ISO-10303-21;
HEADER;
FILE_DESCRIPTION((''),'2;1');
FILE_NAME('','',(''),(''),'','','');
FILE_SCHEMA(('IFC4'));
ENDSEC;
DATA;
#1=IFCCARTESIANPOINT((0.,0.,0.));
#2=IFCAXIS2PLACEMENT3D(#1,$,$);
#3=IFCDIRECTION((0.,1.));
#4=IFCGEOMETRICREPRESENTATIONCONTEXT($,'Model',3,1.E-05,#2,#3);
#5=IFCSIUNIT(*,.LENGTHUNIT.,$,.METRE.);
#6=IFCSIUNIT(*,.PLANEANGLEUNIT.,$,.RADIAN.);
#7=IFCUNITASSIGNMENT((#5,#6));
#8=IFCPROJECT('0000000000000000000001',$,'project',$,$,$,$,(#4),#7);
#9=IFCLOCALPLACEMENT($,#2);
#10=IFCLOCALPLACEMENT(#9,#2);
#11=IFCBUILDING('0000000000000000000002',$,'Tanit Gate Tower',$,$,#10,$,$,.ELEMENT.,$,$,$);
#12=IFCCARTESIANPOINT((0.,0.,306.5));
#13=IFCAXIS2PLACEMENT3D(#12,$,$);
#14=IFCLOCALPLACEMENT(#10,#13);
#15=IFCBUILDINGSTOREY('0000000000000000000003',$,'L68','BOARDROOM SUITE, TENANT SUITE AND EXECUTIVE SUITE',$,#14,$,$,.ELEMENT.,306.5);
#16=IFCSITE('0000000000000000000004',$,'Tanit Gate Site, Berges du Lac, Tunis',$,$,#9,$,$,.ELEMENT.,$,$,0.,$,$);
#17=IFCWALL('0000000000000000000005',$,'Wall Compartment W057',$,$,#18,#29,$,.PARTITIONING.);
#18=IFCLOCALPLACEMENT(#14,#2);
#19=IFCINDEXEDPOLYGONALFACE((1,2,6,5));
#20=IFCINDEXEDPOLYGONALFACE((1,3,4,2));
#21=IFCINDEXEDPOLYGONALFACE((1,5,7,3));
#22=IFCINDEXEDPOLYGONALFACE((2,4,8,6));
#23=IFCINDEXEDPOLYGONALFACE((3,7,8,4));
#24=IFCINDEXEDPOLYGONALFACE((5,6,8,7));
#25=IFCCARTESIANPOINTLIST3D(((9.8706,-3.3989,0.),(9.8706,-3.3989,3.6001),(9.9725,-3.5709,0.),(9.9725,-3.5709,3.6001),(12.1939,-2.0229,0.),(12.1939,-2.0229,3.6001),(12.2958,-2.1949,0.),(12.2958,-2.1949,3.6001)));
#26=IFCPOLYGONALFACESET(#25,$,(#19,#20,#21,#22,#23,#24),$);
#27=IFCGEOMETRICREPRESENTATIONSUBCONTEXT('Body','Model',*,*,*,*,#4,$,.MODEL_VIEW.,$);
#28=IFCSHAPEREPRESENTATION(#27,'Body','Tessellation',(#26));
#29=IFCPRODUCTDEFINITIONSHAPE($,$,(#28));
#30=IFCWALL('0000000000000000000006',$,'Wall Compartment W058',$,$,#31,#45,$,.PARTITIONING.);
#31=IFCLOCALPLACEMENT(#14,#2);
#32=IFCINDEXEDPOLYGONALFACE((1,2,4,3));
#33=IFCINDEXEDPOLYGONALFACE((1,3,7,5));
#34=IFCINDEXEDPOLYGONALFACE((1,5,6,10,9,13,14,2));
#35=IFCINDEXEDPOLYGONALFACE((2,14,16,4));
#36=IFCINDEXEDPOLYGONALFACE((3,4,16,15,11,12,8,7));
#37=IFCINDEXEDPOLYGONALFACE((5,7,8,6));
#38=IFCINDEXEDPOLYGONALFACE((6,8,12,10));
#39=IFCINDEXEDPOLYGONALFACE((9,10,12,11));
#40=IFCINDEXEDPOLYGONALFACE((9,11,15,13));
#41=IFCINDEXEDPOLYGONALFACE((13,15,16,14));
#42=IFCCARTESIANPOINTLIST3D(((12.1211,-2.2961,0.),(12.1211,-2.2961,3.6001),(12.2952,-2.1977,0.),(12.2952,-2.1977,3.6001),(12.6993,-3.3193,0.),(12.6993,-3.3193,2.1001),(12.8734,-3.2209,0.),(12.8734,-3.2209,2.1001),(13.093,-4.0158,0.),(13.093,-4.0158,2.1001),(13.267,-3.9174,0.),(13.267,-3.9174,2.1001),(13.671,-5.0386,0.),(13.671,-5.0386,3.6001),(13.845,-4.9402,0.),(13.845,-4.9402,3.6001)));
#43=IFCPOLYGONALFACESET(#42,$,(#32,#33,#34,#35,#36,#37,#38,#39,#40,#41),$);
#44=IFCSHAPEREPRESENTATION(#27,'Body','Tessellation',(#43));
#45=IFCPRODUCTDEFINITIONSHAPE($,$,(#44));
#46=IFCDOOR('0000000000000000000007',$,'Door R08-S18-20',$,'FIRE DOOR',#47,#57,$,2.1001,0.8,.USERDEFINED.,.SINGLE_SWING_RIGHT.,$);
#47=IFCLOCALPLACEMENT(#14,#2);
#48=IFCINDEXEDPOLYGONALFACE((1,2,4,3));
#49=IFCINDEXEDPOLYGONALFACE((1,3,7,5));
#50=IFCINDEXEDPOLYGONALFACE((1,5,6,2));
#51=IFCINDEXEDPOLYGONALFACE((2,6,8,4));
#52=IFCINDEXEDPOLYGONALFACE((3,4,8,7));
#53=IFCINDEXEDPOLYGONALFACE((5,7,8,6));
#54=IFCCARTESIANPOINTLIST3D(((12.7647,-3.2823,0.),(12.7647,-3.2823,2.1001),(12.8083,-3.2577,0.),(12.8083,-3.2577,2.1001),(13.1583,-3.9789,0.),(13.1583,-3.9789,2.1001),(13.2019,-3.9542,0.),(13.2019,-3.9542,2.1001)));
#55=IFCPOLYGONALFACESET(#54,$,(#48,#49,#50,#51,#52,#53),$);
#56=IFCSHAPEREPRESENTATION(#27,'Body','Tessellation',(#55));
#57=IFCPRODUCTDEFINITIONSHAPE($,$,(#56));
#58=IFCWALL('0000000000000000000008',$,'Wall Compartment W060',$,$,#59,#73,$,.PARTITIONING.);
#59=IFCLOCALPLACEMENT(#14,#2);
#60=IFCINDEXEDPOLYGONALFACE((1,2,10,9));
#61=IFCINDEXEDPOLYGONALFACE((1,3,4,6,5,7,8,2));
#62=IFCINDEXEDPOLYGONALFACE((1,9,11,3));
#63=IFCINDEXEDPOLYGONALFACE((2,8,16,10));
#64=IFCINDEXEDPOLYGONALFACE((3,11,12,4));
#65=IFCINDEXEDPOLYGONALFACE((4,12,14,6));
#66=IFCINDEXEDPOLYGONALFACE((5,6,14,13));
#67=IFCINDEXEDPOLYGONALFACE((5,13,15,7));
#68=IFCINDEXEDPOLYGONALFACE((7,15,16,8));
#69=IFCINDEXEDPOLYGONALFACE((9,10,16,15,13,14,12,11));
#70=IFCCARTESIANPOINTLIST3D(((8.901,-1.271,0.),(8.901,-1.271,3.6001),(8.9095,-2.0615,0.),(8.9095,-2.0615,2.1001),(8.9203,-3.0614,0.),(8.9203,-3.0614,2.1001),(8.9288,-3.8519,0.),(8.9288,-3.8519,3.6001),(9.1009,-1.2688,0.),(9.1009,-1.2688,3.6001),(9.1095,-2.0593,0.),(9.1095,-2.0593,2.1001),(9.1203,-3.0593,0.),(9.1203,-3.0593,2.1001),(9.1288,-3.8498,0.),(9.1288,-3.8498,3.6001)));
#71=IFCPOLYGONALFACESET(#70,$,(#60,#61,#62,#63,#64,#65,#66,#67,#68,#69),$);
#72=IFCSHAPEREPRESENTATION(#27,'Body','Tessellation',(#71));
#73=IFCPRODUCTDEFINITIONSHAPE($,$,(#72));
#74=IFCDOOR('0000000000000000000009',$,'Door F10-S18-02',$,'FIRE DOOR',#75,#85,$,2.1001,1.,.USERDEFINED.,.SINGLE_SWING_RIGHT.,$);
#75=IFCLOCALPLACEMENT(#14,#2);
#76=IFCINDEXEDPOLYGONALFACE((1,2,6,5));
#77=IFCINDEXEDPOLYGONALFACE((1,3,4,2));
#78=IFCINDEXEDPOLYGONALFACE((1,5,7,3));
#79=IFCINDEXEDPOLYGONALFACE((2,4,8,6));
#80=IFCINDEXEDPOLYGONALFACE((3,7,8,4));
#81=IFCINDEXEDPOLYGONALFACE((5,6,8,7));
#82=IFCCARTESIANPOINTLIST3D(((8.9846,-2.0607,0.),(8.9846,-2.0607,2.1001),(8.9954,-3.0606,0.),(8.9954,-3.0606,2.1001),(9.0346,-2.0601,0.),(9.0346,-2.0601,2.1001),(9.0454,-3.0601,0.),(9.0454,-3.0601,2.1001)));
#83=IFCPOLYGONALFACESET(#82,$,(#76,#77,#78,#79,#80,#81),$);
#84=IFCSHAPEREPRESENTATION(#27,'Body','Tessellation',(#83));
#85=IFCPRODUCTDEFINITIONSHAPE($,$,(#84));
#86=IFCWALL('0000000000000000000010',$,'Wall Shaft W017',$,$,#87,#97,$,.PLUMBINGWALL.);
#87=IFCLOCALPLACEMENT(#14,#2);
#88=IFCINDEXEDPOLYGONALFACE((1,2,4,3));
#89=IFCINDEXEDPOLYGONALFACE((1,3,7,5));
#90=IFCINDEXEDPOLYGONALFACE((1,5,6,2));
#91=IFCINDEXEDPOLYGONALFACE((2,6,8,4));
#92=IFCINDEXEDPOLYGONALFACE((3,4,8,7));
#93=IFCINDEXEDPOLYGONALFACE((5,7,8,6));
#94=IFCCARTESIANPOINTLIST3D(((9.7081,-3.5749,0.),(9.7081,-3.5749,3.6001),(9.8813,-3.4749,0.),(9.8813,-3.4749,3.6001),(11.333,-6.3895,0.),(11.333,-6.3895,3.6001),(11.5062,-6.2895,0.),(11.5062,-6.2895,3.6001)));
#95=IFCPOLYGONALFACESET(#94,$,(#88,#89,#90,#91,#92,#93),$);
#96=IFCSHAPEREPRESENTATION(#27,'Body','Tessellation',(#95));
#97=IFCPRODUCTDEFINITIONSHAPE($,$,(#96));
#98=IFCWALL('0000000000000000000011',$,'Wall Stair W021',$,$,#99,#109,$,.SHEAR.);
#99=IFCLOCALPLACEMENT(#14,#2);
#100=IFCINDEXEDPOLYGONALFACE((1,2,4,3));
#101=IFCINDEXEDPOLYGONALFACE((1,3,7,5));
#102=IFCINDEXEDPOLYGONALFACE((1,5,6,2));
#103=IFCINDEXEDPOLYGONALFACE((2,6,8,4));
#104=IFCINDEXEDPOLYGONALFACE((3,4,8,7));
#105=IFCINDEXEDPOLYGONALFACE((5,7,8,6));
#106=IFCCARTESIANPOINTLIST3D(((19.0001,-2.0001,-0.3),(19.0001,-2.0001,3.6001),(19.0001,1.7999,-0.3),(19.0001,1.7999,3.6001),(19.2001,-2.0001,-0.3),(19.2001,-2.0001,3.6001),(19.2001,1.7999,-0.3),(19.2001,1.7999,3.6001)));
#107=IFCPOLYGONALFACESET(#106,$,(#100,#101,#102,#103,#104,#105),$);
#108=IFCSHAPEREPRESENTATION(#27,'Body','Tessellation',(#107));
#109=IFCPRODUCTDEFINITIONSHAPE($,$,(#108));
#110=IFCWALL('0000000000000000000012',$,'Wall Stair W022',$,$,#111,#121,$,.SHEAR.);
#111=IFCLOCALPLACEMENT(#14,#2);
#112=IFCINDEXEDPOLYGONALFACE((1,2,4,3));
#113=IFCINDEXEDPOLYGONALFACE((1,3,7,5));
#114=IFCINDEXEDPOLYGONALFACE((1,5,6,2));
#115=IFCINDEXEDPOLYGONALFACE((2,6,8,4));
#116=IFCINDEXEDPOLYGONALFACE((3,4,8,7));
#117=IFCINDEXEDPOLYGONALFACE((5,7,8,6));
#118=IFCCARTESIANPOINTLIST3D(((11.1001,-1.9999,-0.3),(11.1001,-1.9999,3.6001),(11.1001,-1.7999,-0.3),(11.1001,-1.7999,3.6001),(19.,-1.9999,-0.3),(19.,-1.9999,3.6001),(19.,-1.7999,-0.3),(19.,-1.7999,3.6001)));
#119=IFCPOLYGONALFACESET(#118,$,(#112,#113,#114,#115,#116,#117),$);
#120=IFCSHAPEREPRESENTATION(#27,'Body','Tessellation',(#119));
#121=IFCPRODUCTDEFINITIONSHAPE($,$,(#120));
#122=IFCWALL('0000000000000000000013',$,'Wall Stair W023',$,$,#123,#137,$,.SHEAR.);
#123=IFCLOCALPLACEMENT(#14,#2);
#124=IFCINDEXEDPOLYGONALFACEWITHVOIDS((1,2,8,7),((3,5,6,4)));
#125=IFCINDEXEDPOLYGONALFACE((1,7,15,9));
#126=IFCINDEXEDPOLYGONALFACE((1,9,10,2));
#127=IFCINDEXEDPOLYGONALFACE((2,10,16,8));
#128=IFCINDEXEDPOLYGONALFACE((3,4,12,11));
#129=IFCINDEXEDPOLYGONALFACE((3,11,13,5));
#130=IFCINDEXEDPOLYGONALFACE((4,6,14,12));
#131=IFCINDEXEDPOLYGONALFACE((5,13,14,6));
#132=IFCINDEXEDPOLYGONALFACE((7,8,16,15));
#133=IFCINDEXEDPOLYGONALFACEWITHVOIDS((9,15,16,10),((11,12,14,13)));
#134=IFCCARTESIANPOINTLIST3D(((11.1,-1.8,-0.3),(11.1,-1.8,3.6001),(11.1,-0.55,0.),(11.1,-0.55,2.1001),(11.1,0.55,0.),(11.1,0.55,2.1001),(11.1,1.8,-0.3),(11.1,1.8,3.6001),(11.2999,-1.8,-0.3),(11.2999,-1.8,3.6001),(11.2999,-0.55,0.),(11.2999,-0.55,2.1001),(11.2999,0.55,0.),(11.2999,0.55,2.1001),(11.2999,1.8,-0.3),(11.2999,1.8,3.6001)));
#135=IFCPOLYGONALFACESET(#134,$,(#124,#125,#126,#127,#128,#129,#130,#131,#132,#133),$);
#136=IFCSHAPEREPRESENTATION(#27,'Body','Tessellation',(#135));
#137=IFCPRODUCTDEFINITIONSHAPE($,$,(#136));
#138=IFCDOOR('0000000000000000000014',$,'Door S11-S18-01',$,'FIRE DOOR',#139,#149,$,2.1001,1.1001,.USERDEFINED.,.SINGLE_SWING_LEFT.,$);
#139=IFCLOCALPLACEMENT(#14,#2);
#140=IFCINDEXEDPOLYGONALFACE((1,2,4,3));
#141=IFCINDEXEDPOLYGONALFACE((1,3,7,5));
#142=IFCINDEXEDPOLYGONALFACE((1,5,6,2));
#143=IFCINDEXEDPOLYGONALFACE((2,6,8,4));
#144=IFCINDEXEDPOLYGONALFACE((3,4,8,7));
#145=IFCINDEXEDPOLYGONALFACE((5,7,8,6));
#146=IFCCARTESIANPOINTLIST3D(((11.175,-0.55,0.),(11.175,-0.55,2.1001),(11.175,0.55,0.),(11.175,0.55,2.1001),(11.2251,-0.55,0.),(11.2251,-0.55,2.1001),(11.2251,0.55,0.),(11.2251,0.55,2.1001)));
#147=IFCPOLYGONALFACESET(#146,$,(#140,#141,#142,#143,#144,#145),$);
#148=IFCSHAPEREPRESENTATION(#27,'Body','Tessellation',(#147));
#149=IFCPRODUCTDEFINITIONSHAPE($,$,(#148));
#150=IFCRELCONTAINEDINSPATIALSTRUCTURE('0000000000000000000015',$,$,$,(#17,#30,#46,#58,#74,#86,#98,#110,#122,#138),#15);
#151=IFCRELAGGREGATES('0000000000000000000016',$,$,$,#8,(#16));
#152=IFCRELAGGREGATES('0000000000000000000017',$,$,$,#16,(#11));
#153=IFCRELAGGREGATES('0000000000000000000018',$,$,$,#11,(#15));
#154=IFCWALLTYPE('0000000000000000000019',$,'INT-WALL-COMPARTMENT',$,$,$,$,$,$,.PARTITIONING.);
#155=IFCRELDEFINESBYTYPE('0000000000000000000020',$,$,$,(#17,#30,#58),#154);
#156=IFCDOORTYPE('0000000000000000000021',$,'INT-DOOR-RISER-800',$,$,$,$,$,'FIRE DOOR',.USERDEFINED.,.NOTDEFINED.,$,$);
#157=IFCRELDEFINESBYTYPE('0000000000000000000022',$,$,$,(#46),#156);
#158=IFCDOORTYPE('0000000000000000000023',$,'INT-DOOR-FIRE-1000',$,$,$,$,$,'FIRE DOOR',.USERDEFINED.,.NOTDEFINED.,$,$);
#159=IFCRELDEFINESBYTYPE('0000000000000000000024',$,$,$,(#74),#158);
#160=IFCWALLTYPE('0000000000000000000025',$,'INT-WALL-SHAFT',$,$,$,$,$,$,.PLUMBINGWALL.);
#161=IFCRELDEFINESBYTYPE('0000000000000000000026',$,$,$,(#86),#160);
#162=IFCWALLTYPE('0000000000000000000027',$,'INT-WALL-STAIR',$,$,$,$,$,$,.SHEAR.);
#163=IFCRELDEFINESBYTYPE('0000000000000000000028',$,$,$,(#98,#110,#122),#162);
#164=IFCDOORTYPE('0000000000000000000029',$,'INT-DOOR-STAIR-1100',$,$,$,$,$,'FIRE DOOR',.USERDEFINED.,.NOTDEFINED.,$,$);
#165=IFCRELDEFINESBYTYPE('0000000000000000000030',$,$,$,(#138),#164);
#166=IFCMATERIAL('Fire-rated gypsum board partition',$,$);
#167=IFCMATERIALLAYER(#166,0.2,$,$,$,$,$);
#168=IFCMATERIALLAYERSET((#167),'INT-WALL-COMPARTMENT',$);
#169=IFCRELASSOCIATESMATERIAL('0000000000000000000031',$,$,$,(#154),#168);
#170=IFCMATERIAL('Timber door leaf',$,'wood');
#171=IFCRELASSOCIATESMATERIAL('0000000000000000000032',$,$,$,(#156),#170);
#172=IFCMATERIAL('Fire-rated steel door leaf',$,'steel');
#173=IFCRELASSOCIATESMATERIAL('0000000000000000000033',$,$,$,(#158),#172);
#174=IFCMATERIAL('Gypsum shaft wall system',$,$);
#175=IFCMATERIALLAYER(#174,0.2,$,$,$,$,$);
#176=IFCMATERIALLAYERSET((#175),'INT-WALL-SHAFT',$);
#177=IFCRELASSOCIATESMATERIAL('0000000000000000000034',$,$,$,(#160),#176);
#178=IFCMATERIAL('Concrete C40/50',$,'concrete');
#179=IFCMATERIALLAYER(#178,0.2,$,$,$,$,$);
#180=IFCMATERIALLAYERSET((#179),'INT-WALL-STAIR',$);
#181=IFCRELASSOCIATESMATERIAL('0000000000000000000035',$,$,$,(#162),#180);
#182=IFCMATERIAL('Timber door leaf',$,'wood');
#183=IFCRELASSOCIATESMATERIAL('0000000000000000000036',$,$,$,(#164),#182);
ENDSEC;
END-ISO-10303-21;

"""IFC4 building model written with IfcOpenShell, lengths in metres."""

from ifc_helpers import new_model, si_unit, direction, frame, frame_2d, origin, place, context, subcontext, project, spatial, rectangle, extrude, material, layer, layer_set, type_object, element, fill, save


model = new_model("IFC4")

# Units and contexts
model_context = context("Model", 3, precision=1e-05, world=origin(), true_north=direction((0.0, 1.0)))
body_context = subcontext(model_context, "Body", "Model", "MODEL_VIEW")
ifc_project = project(units=[si_unit("LENGTHUNIT", "METRE"), si_unit("PLANEANGLEUNIT", "RADIAN")], contexts=[model_context])

# Site, building, storey
site_placement = place(None, origin())
site = spatial("IfcSite", under=ifc_project, at=site_placement, Name="Tanit Gate Site, Berges du Lac, Tunis", CompositionType="ELEMENT", RefElevation=0.0)
building_placement = place(site_placement, origin())
building = spatial("IfcBuilding", under=site, at=building_placement, Name="Tanit Gate Tower", CompositionType="ELEMENT")
storey_placement = place(building_placement, frame((0.0, 0.0, 306.5)))
storey = spatial("IfcBuildingStorey", under=building, at=storey_placement, Name="L68", Description="BOARDROOM SUITE, TENANT SUITE AND EXECUTIVE SUITE", CompositionType="ELEMENT", Elevation=306.5)

# Wall
ifc_material_1 = material(Name="Fire-rated gypsum board partition")
ifc_layer_1 = layer(ifc_material_1, 0.2)
ifc_layer_set_1 = layer_set([ifc_layer_1], Name="INT-WALL-COMPARTMENT")
wall_type_1 = type_object("IfcWallType", Name="INT-WALL-COMPARTMENT", PredefinedType="PARTITIONING", material=ifc_layer_set_1)
wall_1_placement = place(storey_placement, frame((12.2449, -2.1089, 0.0), z_axis=(0.0, 0.0, 1.0), x_axis=(-0.860415, -0.509594, 0.0)))
element("IfcWall", 1, at=wall_1_placement, inside=storey, type_object=wall_type_1, Name="Wall Compartment W057", PredefinedType="PARTITIONING", context=body_context, shape_type="SweptSolid", body=[
    extrude(rectangle(XDim=2.7002, YDim=0.2, at=frame_2d((1.3501, 0.0))), origin(), (0.0, 0.0, 1.0), 3.6001),
])

# Walls, openings, doors
wall_2_placement = place(storey_placement, frame((13.7581, -4.9895, 0.0), z_axis=(0.0, 0.0, 1.0), x_axis=(-0.491993, 0.870599, 0.0)))
wall_2 = element("IfcWall", 2, at=wall_2_placement, inside=storey, type_object=wall_type_1, Name="Wall Compartment W058", PredefinedType="PARTITIONING", context=body_context, shape_type="SweptSolid", body=[
    extrude(rectangle(XDim=3.1501, YDim=0.2, at=frame_2d((1.5752, 0.0))), origin(), (0.0, 0.0, 1.0), 3.6001),
])
opening_1_placement = place(wall_2_placement, frame((1.175, 0.0, 0.0)))
opening_1 = element("IfcOpeningElement", 3, at=opening_1_placement, cuts=wall_2, PredefinedType="OPENING", context=body_context, shape_type="SweptSolid", body=[
    extrude(rectangle(XDim=0.8, YDim=2.1001, at=frame_2d((0.3999, 1.05))), frame((0.0, 0.1099, 0.0), z_axis=(0.0, -1.0, 0.0), x_axis=(1.0, 0.0, 0.0)), (0.0, 0.0, 1.0), 0.22),
])
ifc_material_2 = material(Name="Timber door leaf", Category="wood")
door_type_1 = type_object("IfcDoorType", Name="INT-DOOR-RISER-800", ElementType="FIRE DOOR", OperationType="NOTDEFINED", PredefinedType="USERDEFINED", material=ifc_material_2)
door_1_placement = place(opening_1_placement, origin())
door_1 = element("IfcDoor", 4, at=door_1_placement, inside=storey, type_object=door_type_1, Name="Door R08-S18-20", ObjectType="FIRE DOOR", OperationType="SINGLE_SWING_RIGHT", OverallHeight=2.1001, OverallWidth=0.8, PredefinedType="USERDEFINED", context=body_context, shape_type="SweptSolid", body=[
    extrude(rectangle(XDim=0.8, YDim=2.1001, at=frame_2d((0.3999, 1.05))), frame((0.0, 0.0249, 0.0), z_axis=(0.0, -1.0, 0.0), x_axis=(1.0, 0.0, 0.0)), (0.0, 0.0, 1.0), 0.05),
])
fill(opening_1, door_1)
wall_3_placement = place(storey_placement, frame((9.0288, -3.8508, 0.0), z_axis=(0.0, 0.0, 1.0), x_axis=(-0.010784, 0.999942, 0.0)))
wall_3 = element("IfcWall", 5, at=wall_3_placement, inside=storey, type_object=wall_type_1, Name="Wall Compartment W060", PredefinedType="PARTITIONING", context=body_context, shape_type="SweptSolid", body=[
    extrude(rectangle(XDim=2.5811, YDim=0.2, at=frame_2d((1.2905, 0.0))), origin(), (0.0, 0.0, 1.0), 3.6001),
])
opening_2_placement = place(wall_3_placement, frame((0.7905, 0.0, 0.0)))
opening_2 = element("IfcOpeningElement", 6, at=opening_2_placement, cuts=wall_3, PredefinedType="OPENING", context=body_context, shape_type="SweptSolid", body=[
    extrude(rectangle(XDim=1.0, YDim=2.1001, at=frame_2d((0.5, 1.05))), frame((0.0, 0.1099, 0.0), z_axis=(0.0, -1.0, 0.0), x_axis=(1.0, 0.0, 0.0)), (0.0, 0.0, 1.0), 0.22),
])
ifc_material_3 = material(Name="Fire-rated steel door leaf", Category="steel")
door_type_2 = type_object("IfcDoorType", Name="INT-DOOR-FIRE-1000", ElementType="FIRE DOOR", OperationType="NOTDEFINED", PredefinedType="USERDEFINED", material=ifc_material_3)
door_2_placement = place(opening_2_placement, origin())
door_2 = element("IfcDoor", 7, at=door_2_placement, inside=storey, type_object=door_type_2, Name="Door F10-S18-02", ObjectType="FIRE DOOR", OperationType="SINGLE_SWING_RIGHT", OverallHeight=2.1001, OverallWidth=1.0, PredefinedType="USERDEFINED", context=body_context, shape_type="SweptSolid", body=[
    extrude(rectangle(XDim=1.0, YDim=2.1001, at=frame_2d((0.5, 1.05))), frame((0.0, 0.0249, 0.0), z_axis=(0.0, -1.0, 0.0), x_axis=(1.0, 0.0, 0.0)), (0.0, 0.0, 1.0), 0.05),
])
fill(opening_2, door_2)

# Walls
ifc_material_4 = material(Name="Gypsum shaft wall system")
ifc_layer_2 = layer(ifc_material_4, 0.2)
ifc_layer_set_2 = layer_set([ifc_layer_2], Name="INT-WALL-SHAFT")
wall_type_2 = type_object("IfcWallType", Name="INT-WALL-SHAFT", PredefinedType="PLUMBINGWALL", material=ifc_layer_set_2)
wall_4_placement = place(storey_placement, frame((9.7947, -3.5249, 0.0), z_axis=(0.0, 0.0, 1.0), x_axis=(0.499985, -0.866034, 0.0)))
element("IfcWall", 8, at=wall_4_placement, inside=storey, type_object=wall_type_2, Name="Wall Shaft W017", PredefinedType="PLUMBINGWALL", context=body_context, shape_type="SweptSolid", body=[
    extrude(rectangle(XDim=3.25, YDim=0.2, at=frame_2d((1.625, 0.0))), origin(), (0.0, 0.0, 1.0), 3.6001),
])
ifc_material_5 = material(Name="Concrete C40/50", Category="concrete")
ifc_layer_3 = layer(ifc_material_5, 0.2)
ifc_layer_set_3 = layer_set([ifc_layer_3], Name="INT-WALL-STAIR")
wall_type_3 = type_object("IfcWallType", Name="INT-WALL-STAIR", PredefinedType="SHEAR", material=ifc_layer_set_3)
wall_5_placement = place(storey_placement, frame((19.1001, -2.0, -0.3), z_axis=(0.0, 0.0, 1.0), x_axis=(0.0, 1.0, 0.0)))
element("IfcWall", 9, at=wall_5_placement, inside=storey, type_object=wall_type_3, Name="Wall Stair W021", PredefinedType="SHEAR", context=body_context, shape_type="SweptSolid", body=[
    extrude(rectangle(XDim=3.8, YDim=0.2, at=frame_2d((1.8999, 0.0))), origin(), (0.0, 0.0, 1.0), 3.9001),
])
wall_6_placement = place(storey_placement, frame((11.1001, -1.8999, -0.3), z_axis=(0.0, 0.0, 1.0), x_axis=(1.0, 0.0, 0.0)))
element("IfcWall", 10, at=wall_6_placement, inside=storey, type_object=wall_type_3, Name="Wall Stair W022", PredefinedType="SHEAR", context=body_context, shape_type="SweptSolid", body=[
    extrude(rectangle(XDim=7.8999, YDim=0.2, at=frame_2d((3.95, 0.0))), origin(), (0.0, 0.0, 1.0), 3.9001),
])

# Wall, opening, door
wall_7_placement = place(storey_placement, frame((11.2, -1.8, -0.3), z_axis=(0.0, 0.0, 1.0), x_axis=(0.0, 1.0, 0.0)))
wall_7 = element("IfcWall", 11, at=wall_7_placement, inside=storey, type_object=wall_type_3, Name="Wall Stair W023", PredefinedType="SHEAR", context=body_context, shape_type="SweptSolid", body=[
    extrude(rectangle(XDim=3.6001, YDim=0.2, at=frame_2d((1.8, 0.0))), origin(), (0.0, 0.0, 1.0), 3.9001),
])
opening_3_placement = place(wall_7_placement, frame((1.25, 0.0, 0.3)))
opening_3 = element("IfcOpeningElement", 12, at=opening_3_placement, cuts=wall_7, PredefinedType="OPENING", context=body_context, shape_type="SweptSolid", body=[
    extrude(rectangle(XDim=1.1001, YDim=2.1001, at=frame_2d((0.55, 1.05))), frame((0.0, 0.1099, 0.0), z_axis=(0.0, -1.0, 0.0), x_axis=(1.0, 0.0, 0.0)), (0.0, 0.0, 1.0), 0.22),
])
ifc_material_6 = material(Name="Timber door leaf", Category="wood")
door_type_3 = type_object("IfcDoorType", Name="INT-DOOR-STAIR-1100", ElementType="FIRE DOOR", OperationType="NOTDEFINED", PredefinedType="USERDEFINED", material=ifc_material_6)
door_3_placement = place(opening_3_placement, origin())
door_3 = element("IfcDoor", 13, at=door_3_placement, inside=storey, type_object=door_type_3, Name="Door S11-S18-01", ObjectType="FIRE DOOR", OperationType="SINGLE_SWING_LEFT", OverallHeight=2.1001, OverallWidth=1.1001, PredefinedType="USERDEFINED", context=body_context, shape_type="SweptSolid", body=[
    extrude(rectangle(XDim=1.1001, YDim=2.1001, at=frame_2d((0.55, 1.05))), frame((0.0, 0.0249, 0.0), z_axis=(0.0, -1.0, 0.0), x_axis=(1.0, 0.0, 0.0)), (0.0, 0.0, 1.0), 0.05),
])
fill(opening_3, door_3)

save(model, "model.ifc")
